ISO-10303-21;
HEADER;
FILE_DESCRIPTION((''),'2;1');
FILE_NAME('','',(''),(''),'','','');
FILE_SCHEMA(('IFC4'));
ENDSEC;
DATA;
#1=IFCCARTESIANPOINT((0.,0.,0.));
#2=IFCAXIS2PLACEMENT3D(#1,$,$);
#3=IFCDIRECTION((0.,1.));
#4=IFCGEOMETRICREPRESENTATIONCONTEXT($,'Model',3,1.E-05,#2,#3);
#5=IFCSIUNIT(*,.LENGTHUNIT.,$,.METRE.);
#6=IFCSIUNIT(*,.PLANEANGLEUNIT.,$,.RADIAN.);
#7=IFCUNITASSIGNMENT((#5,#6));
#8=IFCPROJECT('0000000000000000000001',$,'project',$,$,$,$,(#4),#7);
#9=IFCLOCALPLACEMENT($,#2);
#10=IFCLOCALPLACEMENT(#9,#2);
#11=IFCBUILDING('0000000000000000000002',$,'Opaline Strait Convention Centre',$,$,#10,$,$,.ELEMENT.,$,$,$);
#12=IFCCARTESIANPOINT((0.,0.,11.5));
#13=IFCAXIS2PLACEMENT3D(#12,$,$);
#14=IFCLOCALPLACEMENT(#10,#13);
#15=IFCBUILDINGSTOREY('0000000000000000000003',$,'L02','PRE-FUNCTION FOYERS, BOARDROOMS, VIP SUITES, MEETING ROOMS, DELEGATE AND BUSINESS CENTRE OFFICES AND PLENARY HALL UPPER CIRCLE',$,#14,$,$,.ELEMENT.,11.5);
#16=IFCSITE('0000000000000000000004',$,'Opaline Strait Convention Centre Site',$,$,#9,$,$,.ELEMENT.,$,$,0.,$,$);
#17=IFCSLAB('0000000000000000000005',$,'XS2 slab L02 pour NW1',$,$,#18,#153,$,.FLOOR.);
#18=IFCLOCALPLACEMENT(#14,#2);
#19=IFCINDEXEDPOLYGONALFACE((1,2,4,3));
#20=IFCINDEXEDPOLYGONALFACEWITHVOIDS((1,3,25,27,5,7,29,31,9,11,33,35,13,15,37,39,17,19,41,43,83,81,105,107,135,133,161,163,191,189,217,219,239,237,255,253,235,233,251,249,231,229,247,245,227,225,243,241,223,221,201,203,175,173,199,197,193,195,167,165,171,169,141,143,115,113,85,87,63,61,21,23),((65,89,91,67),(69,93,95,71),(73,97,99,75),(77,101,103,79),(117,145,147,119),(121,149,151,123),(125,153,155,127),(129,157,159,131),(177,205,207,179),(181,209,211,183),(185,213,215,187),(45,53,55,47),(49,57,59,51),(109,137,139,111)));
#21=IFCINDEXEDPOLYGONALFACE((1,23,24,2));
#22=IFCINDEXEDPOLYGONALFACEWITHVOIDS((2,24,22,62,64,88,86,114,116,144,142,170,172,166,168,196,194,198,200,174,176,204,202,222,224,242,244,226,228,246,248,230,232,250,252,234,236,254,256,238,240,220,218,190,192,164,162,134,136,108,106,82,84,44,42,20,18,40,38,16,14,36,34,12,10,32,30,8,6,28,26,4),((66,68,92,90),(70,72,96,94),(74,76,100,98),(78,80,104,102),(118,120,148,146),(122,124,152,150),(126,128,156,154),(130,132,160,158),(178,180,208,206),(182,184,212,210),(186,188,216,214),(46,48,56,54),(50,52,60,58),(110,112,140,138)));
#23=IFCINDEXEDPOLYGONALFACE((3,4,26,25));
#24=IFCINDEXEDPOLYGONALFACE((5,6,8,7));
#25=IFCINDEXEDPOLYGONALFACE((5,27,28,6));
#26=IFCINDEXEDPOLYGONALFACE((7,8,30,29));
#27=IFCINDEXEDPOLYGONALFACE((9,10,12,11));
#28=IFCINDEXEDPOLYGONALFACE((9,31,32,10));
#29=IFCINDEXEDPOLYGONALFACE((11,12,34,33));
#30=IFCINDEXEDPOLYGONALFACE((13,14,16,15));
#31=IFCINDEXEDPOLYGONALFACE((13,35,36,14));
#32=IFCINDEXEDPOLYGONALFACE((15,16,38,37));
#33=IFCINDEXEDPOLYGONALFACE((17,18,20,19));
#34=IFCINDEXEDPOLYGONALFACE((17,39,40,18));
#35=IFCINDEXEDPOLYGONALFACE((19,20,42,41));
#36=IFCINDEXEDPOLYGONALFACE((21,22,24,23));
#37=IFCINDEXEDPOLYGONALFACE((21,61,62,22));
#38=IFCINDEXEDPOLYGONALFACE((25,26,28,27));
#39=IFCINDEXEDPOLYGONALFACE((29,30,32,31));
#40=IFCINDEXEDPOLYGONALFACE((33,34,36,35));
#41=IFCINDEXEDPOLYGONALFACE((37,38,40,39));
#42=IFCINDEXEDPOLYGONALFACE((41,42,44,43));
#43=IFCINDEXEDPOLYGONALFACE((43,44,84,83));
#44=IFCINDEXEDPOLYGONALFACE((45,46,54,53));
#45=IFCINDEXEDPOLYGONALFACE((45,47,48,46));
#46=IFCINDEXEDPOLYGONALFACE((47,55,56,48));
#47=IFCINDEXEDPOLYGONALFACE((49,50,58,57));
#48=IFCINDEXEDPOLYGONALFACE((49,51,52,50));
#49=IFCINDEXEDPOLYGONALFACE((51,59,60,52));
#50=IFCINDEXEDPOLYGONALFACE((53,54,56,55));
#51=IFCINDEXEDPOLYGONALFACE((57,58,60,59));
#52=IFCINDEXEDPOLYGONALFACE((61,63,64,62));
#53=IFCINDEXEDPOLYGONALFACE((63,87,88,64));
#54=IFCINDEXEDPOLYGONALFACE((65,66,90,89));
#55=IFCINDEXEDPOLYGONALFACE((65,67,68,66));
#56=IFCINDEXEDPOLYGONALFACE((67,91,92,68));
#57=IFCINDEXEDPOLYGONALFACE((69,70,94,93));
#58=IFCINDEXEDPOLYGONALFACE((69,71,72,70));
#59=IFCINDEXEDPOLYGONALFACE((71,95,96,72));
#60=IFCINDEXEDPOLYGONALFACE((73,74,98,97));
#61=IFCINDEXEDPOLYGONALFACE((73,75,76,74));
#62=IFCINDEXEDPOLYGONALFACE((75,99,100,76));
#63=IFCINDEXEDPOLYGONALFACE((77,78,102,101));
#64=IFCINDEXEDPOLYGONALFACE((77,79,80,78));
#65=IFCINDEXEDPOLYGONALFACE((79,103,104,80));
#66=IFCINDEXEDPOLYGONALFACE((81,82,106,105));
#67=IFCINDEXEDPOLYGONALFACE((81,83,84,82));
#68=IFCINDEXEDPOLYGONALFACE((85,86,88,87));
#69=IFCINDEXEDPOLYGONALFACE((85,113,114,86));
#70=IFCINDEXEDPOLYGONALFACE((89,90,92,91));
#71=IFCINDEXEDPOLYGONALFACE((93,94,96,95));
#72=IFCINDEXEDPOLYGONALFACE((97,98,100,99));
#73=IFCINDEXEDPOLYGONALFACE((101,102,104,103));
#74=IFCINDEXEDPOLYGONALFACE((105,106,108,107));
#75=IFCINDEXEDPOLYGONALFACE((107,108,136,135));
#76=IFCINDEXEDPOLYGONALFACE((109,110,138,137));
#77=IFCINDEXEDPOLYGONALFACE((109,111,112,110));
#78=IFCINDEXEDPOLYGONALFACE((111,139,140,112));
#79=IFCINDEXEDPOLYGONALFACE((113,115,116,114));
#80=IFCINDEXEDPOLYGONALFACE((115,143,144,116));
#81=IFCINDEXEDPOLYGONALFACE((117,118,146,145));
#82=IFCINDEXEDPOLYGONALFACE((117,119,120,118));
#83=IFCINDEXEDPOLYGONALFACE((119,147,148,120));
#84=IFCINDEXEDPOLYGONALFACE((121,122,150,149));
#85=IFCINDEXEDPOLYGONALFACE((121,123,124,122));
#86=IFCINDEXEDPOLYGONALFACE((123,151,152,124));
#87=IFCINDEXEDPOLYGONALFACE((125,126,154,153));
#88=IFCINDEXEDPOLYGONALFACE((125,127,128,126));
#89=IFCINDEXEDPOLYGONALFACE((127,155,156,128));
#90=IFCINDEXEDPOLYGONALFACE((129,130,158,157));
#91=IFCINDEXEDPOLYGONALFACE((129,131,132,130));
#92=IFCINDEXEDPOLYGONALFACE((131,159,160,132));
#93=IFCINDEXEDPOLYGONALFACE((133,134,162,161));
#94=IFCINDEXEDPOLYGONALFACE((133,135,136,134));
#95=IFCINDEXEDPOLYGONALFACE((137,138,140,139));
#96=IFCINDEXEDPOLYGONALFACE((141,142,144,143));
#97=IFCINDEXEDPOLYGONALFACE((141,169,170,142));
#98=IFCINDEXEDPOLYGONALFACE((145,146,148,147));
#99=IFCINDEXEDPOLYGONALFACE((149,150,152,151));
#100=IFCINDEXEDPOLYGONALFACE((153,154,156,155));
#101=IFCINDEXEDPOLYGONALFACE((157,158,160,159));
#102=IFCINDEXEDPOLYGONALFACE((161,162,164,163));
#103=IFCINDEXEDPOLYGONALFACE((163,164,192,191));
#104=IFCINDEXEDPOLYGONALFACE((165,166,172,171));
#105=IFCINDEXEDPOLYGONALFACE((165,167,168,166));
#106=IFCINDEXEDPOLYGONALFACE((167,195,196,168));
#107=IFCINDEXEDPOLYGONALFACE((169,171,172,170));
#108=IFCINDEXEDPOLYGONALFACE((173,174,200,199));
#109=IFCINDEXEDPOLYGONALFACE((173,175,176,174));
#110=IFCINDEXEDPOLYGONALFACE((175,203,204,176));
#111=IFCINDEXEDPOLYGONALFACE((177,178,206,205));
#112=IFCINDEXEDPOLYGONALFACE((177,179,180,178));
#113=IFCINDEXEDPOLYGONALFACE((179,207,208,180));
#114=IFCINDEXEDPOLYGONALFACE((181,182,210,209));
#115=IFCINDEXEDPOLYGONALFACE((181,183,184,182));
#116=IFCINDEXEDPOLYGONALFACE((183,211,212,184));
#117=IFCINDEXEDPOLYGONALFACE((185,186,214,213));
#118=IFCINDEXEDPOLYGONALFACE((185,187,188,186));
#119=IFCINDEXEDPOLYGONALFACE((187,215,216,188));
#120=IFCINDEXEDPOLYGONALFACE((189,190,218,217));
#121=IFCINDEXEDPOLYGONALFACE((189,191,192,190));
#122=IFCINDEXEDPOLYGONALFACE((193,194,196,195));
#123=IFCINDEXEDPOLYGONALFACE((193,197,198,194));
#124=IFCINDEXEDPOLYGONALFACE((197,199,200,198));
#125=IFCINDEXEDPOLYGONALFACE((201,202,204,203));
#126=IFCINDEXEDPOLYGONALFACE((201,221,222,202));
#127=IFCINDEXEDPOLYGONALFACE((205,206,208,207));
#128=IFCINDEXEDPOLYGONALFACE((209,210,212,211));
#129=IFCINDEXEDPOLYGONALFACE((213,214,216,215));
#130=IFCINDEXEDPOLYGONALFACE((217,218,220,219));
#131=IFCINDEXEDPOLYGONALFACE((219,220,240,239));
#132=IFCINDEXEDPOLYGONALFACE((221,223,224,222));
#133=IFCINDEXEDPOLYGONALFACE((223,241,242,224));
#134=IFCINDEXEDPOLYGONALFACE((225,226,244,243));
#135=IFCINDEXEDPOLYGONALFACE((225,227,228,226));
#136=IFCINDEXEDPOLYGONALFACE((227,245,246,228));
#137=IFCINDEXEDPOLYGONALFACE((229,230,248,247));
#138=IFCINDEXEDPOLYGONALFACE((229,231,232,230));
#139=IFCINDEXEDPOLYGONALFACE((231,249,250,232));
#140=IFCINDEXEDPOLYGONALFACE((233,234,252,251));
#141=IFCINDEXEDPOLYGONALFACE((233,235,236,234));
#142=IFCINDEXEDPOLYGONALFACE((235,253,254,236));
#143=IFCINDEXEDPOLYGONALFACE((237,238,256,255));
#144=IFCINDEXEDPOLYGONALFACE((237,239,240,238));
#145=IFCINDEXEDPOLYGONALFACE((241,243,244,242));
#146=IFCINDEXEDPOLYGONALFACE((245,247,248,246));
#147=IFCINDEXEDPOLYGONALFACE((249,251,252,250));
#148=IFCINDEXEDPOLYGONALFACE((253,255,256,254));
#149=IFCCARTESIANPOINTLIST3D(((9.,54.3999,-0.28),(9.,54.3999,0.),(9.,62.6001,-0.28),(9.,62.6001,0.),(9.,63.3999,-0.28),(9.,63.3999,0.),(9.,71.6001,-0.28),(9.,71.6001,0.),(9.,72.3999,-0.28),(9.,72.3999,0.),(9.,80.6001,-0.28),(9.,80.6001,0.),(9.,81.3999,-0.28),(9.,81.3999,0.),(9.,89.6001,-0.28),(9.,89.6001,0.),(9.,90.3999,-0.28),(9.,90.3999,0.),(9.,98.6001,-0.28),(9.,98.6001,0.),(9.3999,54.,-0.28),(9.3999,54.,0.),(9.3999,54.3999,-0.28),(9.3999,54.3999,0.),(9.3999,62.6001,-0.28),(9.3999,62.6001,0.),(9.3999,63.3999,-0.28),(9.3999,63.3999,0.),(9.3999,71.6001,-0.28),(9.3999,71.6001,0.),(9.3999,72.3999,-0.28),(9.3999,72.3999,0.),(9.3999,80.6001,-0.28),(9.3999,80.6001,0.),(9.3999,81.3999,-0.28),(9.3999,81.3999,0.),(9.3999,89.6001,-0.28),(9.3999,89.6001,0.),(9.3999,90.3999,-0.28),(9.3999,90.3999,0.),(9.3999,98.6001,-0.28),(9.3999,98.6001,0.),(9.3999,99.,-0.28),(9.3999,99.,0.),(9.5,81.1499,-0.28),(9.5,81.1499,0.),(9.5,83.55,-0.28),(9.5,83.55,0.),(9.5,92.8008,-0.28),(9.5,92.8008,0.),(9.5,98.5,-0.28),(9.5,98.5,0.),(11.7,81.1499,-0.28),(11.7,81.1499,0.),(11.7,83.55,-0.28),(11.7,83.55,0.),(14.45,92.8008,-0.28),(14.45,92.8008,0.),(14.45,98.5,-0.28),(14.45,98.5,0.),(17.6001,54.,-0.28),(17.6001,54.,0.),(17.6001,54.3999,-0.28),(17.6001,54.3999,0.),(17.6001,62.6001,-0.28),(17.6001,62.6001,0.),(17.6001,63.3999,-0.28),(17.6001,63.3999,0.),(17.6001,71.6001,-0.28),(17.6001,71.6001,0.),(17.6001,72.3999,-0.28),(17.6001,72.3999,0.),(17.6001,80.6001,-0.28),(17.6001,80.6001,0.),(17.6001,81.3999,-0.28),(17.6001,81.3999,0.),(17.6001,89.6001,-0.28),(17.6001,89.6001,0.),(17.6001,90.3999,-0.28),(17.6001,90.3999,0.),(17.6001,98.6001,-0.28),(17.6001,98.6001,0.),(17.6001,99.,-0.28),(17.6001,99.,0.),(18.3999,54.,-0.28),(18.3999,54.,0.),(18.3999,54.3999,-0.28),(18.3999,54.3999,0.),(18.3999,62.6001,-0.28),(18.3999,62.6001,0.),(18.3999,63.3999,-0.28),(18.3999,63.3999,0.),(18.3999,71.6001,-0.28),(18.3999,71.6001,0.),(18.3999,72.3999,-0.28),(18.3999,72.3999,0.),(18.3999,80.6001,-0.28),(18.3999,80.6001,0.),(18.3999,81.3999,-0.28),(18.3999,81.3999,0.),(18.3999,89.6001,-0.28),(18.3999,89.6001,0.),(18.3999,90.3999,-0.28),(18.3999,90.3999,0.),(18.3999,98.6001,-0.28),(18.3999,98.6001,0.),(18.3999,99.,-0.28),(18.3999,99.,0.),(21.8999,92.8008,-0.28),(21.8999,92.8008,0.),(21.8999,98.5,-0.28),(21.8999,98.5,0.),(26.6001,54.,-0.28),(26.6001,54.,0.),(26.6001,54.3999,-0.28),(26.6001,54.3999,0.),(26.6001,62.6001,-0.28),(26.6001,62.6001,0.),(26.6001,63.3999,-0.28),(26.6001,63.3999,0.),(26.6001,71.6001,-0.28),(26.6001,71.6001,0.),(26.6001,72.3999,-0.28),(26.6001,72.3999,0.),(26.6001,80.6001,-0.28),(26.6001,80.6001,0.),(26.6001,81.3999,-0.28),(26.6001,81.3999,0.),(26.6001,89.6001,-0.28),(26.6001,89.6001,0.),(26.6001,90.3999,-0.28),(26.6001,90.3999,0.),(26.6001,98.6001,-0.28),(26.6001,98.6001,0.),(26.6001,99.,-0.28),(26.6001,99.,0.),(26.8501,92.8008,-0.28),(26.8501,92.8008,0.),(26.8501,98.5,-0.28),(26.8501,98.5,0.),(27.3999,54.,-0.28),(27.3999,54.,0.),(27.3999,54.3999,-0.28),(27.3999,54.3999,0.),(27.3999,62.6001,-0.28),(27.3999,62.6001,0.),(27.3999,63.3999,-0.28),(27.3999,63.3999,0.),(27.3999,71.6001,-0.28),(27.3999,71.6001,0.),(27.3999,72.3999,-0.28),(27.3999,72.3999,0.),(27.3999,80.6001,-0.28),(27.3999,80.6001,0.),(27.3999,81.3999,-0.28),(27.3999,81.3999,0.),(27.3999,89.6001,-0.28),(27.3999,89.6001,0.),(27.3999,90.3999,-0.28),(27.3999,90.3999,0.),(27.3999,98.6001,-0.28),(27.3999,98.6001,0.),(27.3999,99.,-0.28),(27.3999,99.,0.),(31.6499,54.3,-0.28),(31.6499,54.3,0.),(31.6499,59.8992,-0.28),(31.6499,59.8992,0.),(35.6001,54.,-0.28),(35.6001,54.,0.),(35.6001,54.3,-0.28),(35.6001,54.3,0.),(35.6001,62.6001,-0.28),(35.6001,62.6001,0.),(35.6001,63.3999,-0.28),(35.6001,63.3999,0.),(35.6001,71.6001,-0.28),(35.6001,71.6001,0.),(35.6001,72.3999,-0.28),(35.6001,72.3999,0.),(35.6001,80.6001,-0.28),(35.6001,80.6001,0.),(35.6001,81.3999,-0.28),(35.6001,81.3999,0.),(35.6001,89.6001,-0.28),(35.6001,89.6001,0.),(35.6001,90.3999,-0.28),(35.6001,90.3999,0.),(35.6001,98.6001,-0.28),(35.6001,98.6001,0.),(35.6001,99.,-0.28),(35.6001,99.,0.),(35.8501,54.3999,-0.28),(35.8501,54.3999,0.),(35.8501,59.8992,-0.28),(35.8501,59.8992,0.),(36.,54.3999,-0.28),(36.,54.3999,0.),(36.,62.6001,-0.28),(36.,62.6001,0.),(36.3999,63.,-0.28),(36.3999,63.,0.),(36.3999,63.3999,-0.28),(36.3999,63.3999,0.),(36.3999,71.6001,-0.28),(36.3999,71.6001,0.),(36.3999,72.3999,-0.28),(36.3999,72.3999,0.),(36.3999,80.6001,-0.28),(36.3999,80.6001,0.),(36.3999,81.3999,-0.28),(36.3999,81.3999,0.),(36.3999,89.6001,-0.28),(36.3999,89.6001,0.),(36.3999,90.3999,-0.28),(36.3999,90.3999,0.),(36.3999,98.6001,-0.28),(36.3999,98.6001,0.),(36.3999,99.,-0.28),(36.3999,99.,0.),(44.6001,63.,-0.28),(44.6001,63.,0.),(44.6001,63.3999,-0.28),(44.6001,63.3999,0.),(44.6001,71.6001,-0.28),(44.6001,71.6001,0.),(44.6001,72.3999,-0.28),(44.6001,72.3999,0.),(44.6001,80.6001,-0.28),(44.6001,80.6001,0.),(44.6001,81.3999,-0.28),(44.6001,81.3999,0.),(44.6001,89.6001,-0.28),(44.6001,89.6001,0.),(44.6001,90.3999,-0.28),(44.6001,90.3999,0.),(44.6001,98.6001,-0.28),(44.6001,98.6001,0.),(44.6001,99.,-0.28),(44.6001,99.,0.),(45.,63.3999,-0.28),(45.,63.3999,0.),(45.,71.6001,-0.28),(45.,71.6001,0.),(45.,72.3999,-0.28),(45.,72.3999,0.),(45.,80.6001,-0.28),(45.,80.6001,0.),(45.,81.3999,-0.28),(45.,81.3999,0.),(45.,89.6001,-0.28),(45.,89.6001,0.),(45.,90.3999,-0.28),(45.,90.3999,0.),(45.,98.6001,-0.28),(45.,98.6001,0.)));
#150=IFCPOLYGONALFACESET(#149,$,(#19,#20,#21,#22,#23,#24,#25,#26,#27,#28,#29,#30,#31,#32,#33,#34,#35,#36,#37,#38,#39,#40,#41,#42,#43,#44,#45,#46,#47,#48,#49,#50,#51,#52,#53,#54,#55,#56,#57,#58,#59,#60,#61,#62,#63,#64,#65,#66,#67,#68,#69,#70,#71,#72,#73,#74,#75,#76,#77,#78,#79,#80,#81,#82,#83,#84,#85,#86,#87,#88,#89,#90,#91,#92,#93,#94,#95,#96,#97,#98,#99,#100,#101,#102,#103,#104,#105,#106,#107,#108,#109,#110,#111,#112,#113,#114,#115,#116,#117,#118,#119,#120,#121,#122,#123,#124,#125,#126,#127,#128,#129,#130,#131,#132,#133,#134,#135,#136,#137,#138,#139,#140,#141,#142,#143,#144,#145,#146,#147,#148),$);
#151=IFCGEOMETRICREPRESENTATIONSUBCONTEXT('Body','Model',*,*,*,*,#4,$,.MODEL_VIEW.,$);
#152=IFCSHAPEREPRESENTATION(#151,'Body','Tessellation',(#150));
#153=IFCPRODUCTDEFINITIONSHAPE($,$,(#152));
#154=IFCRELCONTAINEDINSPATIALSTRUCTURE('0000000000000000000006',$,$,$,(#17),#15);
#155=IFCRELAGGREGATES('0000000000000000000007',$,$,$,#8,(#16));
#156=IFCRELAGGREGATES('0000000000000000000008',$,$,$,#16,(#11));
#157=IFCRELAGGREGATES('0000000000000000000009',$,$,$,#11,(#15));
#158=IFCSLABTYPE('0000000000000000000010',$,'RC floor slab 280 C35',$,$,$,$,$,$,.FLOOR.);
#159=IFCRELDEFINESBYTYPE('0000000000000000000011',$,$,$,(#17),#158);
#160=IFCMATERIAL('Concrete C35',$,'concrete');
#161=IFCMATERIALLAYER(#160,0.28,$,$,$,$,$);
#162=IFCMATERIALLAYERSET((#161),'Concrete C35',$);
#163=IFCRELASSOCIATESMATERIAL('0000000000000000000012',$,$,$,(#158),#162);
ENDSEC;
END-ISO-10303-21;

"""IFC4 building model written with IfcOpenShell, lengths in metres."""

from ifc_helpers import new_model, si_unit, direction, frame, origin, place, context, subcontext, project, spatial, polyline, outline, extrude, material, layer, layer_set, type_object, element, save


model = new_model("IFC4")

# Units and contexts
model_context = context("Model", 3, precision=1e-05, world=origin(), true_north=direction((0.0, 1.0)))
body_context = subcontext(model_context, "Body", "Model", "MODEL_VIEW")
ifc_project = project(units=[si_unit("LENGTHUNIT", "METRE"), si_unit("PLANEANGLEUNIT", "RADIAN")], contexts=[model_context])

# Site, building, storey
site_placement = place(None, origin())
site = spatial("IfcSite", under=ifc_project, at=site_placement, Name="Opaline Strait Convention Centre Site", CompositionType="ELEMENT", RefElevation=0.0)
building_placement = place(site_placement, origin())
building = spatial("IfcBuilding", under=site, at=building_placement, Name="Opaline Strait Convention Centre", CompositionType="ELEMENT")
storey_placement = place(building_placement, frame((0.0, 0.0, 11.5)))
storey = spatial("IfcBuildingStorey", under=building, at=storey_placement, Name="L02", Description="PRE-FUNCTION FOYERS, BOARDROOMS, VIP SUITES, MEETING ROOMS, DELEGATE AND BUSINESS CENTRE OFFICES AND PLENARY HALL UPPER CIRCLE", CompositionType="ELEMENT", Elevation=11.5)

# Slab
ifc_material_1 = material(Name="Concrete C35", Category="concrete")
ifc_layer_1 = layer(ifc_material_1, 0.28)
ifc_layer_set_1 = layer_set([ifc_layer_1], Name="Concrete C35")
slab_type_1 = type_object("IfcSlabType", Name="RC floor slab 280 C35", PredefinedType="FLOOR", material=ifc_layer_set_1)
slab_1_placement = place(storey_placement, frame((0.0, 0.0, -0.28)))
element("IfcSlab", 1, at=slab_1_placement, inside=storey, type_object=slab_type_1, Name="XS2 slab L02 pour NW1", PredefinedType="FLOOR", context=body_context, shape_type="SweptSolid", body=[
    extrude(outline(polyline([(9.3999, 54.3999), (9.0, 54.3999), (9.0, 62.6001), (9.3999, 62.6001), (9.3999, 63.3999), (9.0, 63.3999), (9.0, 71.6001), (9.3999, 71.6001), (9.3999, 72.3999), (9.0, 72.3999), (9.0, 80.6001), (9.3999, 80.6001), (9.3999, 81.3999), (9.0, 81.3999), (9.0, 89.6001), (9.3999, 89.6001), (9.3999, 90.3999), (9.0, 90.3999), (9.0, 98.6001), (9.3999, 98.6001), (9.3999, 99.0), (17.6001, 99.0), (17.6001, 98.6001), (18.3999, 98.6001), (18.3999, 99.0), (26.6001, 99.0), (26.6001, 98.6001), (27.3999, 98.6001), (27.3999, 99.0), (35.6001, 99.0), (35.6001, 98.6001), (36.3999, 98.6001), (36.3999, 99.0), (44.6001, 99.0), (44.6001, 98.6001), (45.0, 98.6001), (45.0, 90.3999), (44.6001, 90.3999), (44.6001, 89.6001), (45.0, 89.6001), (45.0, 81.3999), (44.6001, 81.3999), (44.6001, 80.6001), (45.0, 80.6001), (45.0, 72.3999), (44.6001, 72.3999), (44.6001, 71.6001), (45.0, 71.6001), (45.0, 63.3999), (44.6001, 63.3999), (44.6001, 63.0), (36.3999, 63.0), (36.3999, 63.3999), (35.6001, 63.3999), (35.6001, 62.6001), (36.0, 62.6001), (36.0, 54.3999), (35.8501, 54.3999), (35.8501, 59.8992), (31.6499, 59.8992), (31.6499, 54.3), (35.6001, 54.3), (35.6001, 54.0), (27.3999, 54.0), (27.3999, 54.3999), (26.6001, 54.3999), (26.6001, 54.0), (18.3999, 54.0), (18.3999, 54.3999), (17.6001, 54.3999), (17.6001, 54.0), (9.3999, 54.0), (9.3999, 54.3999)]), holes=[polyline([(17.6001, 62.6001), (18.3999, 62.6001), (18.3999, 63.3999), (17.6001, 63.3999), (17.6001, 62.6001)]), polyline([(17.6001, 71.6001), (18.3999, 71.6001), (18.3999, 72.3999), (17.6001, 72.3999), (17.6001, 71.6001)]), polyline([(17.6001, 80.6001), (18.3999, 80.6001), (18.3999, 81.3999), (17.6001, 81.3999), (17.6001, 80.6001)]), polyline([(9.5, 81.1499), (11.7, 81.1499), (11.7, 83.55), (9.5, 83.55), (9.5, 81.1499)]), polyline([(17.6001, 89.6001), (18.3999, 89.6001), (18.3999, 90.3999), (17.6001, 90.3999), (17.6001, 89.6001)]), polyline([(21.8999, 92.8008), (26.8501, 92.8008), (26.8501, 98.5), (21.8999, 98.5), (21.8999, 92.8008)]), polyline([(9.5, 92.8008), (14.45, 92.8008), (14.45, 98.5), (9.5, 98.5), (9.5, 92.8008)]), polyline([(26.6001, 62.6001), (27.3999, 62.6001), (27.3999, 63.3999), (26.6001, 63.3999), (26.6001, 62.6001)]), polyline([(26.6001, 71.6001), (27.3999, 71.6001), (27.3999, 72.3999), (26.6001, 72.3999), (26.6001, 71.6001)]), polyline([(35.6001, 71.6001), (36.3999, 71.6001), (36.3999, 72.3999), (35.6001, 72.3999), (35.6001, 71.6001)]), polyline([(35.6001, 80.6001), (36.3999, 80.6001), (36.3999, 81.3999), (35.6001, 81.3999), (35.6001, 80.6001)]), polyline([(26.6001, 80.6001), (27.3999, 80.6001), (27.3999, 81.3999), (26.6001, 81.3999), (26.6001, 80.6001)]), polyline([(35.6001, 89.6001), (36.3999, 89.6001), (36.3999, 90.3999), (35.6001, 90.3999), (35.6001, 89.6001)]), polyline([(26.6001, 89.6001), (27.3999, 89.6001), (27.3999, 90.3999), (26.6001, 90.3999), (26.6001, 89.6001)])]), origin(), (0.0, 0.0, 1.0), 0.28),
])

save(model, "model.ifc")
